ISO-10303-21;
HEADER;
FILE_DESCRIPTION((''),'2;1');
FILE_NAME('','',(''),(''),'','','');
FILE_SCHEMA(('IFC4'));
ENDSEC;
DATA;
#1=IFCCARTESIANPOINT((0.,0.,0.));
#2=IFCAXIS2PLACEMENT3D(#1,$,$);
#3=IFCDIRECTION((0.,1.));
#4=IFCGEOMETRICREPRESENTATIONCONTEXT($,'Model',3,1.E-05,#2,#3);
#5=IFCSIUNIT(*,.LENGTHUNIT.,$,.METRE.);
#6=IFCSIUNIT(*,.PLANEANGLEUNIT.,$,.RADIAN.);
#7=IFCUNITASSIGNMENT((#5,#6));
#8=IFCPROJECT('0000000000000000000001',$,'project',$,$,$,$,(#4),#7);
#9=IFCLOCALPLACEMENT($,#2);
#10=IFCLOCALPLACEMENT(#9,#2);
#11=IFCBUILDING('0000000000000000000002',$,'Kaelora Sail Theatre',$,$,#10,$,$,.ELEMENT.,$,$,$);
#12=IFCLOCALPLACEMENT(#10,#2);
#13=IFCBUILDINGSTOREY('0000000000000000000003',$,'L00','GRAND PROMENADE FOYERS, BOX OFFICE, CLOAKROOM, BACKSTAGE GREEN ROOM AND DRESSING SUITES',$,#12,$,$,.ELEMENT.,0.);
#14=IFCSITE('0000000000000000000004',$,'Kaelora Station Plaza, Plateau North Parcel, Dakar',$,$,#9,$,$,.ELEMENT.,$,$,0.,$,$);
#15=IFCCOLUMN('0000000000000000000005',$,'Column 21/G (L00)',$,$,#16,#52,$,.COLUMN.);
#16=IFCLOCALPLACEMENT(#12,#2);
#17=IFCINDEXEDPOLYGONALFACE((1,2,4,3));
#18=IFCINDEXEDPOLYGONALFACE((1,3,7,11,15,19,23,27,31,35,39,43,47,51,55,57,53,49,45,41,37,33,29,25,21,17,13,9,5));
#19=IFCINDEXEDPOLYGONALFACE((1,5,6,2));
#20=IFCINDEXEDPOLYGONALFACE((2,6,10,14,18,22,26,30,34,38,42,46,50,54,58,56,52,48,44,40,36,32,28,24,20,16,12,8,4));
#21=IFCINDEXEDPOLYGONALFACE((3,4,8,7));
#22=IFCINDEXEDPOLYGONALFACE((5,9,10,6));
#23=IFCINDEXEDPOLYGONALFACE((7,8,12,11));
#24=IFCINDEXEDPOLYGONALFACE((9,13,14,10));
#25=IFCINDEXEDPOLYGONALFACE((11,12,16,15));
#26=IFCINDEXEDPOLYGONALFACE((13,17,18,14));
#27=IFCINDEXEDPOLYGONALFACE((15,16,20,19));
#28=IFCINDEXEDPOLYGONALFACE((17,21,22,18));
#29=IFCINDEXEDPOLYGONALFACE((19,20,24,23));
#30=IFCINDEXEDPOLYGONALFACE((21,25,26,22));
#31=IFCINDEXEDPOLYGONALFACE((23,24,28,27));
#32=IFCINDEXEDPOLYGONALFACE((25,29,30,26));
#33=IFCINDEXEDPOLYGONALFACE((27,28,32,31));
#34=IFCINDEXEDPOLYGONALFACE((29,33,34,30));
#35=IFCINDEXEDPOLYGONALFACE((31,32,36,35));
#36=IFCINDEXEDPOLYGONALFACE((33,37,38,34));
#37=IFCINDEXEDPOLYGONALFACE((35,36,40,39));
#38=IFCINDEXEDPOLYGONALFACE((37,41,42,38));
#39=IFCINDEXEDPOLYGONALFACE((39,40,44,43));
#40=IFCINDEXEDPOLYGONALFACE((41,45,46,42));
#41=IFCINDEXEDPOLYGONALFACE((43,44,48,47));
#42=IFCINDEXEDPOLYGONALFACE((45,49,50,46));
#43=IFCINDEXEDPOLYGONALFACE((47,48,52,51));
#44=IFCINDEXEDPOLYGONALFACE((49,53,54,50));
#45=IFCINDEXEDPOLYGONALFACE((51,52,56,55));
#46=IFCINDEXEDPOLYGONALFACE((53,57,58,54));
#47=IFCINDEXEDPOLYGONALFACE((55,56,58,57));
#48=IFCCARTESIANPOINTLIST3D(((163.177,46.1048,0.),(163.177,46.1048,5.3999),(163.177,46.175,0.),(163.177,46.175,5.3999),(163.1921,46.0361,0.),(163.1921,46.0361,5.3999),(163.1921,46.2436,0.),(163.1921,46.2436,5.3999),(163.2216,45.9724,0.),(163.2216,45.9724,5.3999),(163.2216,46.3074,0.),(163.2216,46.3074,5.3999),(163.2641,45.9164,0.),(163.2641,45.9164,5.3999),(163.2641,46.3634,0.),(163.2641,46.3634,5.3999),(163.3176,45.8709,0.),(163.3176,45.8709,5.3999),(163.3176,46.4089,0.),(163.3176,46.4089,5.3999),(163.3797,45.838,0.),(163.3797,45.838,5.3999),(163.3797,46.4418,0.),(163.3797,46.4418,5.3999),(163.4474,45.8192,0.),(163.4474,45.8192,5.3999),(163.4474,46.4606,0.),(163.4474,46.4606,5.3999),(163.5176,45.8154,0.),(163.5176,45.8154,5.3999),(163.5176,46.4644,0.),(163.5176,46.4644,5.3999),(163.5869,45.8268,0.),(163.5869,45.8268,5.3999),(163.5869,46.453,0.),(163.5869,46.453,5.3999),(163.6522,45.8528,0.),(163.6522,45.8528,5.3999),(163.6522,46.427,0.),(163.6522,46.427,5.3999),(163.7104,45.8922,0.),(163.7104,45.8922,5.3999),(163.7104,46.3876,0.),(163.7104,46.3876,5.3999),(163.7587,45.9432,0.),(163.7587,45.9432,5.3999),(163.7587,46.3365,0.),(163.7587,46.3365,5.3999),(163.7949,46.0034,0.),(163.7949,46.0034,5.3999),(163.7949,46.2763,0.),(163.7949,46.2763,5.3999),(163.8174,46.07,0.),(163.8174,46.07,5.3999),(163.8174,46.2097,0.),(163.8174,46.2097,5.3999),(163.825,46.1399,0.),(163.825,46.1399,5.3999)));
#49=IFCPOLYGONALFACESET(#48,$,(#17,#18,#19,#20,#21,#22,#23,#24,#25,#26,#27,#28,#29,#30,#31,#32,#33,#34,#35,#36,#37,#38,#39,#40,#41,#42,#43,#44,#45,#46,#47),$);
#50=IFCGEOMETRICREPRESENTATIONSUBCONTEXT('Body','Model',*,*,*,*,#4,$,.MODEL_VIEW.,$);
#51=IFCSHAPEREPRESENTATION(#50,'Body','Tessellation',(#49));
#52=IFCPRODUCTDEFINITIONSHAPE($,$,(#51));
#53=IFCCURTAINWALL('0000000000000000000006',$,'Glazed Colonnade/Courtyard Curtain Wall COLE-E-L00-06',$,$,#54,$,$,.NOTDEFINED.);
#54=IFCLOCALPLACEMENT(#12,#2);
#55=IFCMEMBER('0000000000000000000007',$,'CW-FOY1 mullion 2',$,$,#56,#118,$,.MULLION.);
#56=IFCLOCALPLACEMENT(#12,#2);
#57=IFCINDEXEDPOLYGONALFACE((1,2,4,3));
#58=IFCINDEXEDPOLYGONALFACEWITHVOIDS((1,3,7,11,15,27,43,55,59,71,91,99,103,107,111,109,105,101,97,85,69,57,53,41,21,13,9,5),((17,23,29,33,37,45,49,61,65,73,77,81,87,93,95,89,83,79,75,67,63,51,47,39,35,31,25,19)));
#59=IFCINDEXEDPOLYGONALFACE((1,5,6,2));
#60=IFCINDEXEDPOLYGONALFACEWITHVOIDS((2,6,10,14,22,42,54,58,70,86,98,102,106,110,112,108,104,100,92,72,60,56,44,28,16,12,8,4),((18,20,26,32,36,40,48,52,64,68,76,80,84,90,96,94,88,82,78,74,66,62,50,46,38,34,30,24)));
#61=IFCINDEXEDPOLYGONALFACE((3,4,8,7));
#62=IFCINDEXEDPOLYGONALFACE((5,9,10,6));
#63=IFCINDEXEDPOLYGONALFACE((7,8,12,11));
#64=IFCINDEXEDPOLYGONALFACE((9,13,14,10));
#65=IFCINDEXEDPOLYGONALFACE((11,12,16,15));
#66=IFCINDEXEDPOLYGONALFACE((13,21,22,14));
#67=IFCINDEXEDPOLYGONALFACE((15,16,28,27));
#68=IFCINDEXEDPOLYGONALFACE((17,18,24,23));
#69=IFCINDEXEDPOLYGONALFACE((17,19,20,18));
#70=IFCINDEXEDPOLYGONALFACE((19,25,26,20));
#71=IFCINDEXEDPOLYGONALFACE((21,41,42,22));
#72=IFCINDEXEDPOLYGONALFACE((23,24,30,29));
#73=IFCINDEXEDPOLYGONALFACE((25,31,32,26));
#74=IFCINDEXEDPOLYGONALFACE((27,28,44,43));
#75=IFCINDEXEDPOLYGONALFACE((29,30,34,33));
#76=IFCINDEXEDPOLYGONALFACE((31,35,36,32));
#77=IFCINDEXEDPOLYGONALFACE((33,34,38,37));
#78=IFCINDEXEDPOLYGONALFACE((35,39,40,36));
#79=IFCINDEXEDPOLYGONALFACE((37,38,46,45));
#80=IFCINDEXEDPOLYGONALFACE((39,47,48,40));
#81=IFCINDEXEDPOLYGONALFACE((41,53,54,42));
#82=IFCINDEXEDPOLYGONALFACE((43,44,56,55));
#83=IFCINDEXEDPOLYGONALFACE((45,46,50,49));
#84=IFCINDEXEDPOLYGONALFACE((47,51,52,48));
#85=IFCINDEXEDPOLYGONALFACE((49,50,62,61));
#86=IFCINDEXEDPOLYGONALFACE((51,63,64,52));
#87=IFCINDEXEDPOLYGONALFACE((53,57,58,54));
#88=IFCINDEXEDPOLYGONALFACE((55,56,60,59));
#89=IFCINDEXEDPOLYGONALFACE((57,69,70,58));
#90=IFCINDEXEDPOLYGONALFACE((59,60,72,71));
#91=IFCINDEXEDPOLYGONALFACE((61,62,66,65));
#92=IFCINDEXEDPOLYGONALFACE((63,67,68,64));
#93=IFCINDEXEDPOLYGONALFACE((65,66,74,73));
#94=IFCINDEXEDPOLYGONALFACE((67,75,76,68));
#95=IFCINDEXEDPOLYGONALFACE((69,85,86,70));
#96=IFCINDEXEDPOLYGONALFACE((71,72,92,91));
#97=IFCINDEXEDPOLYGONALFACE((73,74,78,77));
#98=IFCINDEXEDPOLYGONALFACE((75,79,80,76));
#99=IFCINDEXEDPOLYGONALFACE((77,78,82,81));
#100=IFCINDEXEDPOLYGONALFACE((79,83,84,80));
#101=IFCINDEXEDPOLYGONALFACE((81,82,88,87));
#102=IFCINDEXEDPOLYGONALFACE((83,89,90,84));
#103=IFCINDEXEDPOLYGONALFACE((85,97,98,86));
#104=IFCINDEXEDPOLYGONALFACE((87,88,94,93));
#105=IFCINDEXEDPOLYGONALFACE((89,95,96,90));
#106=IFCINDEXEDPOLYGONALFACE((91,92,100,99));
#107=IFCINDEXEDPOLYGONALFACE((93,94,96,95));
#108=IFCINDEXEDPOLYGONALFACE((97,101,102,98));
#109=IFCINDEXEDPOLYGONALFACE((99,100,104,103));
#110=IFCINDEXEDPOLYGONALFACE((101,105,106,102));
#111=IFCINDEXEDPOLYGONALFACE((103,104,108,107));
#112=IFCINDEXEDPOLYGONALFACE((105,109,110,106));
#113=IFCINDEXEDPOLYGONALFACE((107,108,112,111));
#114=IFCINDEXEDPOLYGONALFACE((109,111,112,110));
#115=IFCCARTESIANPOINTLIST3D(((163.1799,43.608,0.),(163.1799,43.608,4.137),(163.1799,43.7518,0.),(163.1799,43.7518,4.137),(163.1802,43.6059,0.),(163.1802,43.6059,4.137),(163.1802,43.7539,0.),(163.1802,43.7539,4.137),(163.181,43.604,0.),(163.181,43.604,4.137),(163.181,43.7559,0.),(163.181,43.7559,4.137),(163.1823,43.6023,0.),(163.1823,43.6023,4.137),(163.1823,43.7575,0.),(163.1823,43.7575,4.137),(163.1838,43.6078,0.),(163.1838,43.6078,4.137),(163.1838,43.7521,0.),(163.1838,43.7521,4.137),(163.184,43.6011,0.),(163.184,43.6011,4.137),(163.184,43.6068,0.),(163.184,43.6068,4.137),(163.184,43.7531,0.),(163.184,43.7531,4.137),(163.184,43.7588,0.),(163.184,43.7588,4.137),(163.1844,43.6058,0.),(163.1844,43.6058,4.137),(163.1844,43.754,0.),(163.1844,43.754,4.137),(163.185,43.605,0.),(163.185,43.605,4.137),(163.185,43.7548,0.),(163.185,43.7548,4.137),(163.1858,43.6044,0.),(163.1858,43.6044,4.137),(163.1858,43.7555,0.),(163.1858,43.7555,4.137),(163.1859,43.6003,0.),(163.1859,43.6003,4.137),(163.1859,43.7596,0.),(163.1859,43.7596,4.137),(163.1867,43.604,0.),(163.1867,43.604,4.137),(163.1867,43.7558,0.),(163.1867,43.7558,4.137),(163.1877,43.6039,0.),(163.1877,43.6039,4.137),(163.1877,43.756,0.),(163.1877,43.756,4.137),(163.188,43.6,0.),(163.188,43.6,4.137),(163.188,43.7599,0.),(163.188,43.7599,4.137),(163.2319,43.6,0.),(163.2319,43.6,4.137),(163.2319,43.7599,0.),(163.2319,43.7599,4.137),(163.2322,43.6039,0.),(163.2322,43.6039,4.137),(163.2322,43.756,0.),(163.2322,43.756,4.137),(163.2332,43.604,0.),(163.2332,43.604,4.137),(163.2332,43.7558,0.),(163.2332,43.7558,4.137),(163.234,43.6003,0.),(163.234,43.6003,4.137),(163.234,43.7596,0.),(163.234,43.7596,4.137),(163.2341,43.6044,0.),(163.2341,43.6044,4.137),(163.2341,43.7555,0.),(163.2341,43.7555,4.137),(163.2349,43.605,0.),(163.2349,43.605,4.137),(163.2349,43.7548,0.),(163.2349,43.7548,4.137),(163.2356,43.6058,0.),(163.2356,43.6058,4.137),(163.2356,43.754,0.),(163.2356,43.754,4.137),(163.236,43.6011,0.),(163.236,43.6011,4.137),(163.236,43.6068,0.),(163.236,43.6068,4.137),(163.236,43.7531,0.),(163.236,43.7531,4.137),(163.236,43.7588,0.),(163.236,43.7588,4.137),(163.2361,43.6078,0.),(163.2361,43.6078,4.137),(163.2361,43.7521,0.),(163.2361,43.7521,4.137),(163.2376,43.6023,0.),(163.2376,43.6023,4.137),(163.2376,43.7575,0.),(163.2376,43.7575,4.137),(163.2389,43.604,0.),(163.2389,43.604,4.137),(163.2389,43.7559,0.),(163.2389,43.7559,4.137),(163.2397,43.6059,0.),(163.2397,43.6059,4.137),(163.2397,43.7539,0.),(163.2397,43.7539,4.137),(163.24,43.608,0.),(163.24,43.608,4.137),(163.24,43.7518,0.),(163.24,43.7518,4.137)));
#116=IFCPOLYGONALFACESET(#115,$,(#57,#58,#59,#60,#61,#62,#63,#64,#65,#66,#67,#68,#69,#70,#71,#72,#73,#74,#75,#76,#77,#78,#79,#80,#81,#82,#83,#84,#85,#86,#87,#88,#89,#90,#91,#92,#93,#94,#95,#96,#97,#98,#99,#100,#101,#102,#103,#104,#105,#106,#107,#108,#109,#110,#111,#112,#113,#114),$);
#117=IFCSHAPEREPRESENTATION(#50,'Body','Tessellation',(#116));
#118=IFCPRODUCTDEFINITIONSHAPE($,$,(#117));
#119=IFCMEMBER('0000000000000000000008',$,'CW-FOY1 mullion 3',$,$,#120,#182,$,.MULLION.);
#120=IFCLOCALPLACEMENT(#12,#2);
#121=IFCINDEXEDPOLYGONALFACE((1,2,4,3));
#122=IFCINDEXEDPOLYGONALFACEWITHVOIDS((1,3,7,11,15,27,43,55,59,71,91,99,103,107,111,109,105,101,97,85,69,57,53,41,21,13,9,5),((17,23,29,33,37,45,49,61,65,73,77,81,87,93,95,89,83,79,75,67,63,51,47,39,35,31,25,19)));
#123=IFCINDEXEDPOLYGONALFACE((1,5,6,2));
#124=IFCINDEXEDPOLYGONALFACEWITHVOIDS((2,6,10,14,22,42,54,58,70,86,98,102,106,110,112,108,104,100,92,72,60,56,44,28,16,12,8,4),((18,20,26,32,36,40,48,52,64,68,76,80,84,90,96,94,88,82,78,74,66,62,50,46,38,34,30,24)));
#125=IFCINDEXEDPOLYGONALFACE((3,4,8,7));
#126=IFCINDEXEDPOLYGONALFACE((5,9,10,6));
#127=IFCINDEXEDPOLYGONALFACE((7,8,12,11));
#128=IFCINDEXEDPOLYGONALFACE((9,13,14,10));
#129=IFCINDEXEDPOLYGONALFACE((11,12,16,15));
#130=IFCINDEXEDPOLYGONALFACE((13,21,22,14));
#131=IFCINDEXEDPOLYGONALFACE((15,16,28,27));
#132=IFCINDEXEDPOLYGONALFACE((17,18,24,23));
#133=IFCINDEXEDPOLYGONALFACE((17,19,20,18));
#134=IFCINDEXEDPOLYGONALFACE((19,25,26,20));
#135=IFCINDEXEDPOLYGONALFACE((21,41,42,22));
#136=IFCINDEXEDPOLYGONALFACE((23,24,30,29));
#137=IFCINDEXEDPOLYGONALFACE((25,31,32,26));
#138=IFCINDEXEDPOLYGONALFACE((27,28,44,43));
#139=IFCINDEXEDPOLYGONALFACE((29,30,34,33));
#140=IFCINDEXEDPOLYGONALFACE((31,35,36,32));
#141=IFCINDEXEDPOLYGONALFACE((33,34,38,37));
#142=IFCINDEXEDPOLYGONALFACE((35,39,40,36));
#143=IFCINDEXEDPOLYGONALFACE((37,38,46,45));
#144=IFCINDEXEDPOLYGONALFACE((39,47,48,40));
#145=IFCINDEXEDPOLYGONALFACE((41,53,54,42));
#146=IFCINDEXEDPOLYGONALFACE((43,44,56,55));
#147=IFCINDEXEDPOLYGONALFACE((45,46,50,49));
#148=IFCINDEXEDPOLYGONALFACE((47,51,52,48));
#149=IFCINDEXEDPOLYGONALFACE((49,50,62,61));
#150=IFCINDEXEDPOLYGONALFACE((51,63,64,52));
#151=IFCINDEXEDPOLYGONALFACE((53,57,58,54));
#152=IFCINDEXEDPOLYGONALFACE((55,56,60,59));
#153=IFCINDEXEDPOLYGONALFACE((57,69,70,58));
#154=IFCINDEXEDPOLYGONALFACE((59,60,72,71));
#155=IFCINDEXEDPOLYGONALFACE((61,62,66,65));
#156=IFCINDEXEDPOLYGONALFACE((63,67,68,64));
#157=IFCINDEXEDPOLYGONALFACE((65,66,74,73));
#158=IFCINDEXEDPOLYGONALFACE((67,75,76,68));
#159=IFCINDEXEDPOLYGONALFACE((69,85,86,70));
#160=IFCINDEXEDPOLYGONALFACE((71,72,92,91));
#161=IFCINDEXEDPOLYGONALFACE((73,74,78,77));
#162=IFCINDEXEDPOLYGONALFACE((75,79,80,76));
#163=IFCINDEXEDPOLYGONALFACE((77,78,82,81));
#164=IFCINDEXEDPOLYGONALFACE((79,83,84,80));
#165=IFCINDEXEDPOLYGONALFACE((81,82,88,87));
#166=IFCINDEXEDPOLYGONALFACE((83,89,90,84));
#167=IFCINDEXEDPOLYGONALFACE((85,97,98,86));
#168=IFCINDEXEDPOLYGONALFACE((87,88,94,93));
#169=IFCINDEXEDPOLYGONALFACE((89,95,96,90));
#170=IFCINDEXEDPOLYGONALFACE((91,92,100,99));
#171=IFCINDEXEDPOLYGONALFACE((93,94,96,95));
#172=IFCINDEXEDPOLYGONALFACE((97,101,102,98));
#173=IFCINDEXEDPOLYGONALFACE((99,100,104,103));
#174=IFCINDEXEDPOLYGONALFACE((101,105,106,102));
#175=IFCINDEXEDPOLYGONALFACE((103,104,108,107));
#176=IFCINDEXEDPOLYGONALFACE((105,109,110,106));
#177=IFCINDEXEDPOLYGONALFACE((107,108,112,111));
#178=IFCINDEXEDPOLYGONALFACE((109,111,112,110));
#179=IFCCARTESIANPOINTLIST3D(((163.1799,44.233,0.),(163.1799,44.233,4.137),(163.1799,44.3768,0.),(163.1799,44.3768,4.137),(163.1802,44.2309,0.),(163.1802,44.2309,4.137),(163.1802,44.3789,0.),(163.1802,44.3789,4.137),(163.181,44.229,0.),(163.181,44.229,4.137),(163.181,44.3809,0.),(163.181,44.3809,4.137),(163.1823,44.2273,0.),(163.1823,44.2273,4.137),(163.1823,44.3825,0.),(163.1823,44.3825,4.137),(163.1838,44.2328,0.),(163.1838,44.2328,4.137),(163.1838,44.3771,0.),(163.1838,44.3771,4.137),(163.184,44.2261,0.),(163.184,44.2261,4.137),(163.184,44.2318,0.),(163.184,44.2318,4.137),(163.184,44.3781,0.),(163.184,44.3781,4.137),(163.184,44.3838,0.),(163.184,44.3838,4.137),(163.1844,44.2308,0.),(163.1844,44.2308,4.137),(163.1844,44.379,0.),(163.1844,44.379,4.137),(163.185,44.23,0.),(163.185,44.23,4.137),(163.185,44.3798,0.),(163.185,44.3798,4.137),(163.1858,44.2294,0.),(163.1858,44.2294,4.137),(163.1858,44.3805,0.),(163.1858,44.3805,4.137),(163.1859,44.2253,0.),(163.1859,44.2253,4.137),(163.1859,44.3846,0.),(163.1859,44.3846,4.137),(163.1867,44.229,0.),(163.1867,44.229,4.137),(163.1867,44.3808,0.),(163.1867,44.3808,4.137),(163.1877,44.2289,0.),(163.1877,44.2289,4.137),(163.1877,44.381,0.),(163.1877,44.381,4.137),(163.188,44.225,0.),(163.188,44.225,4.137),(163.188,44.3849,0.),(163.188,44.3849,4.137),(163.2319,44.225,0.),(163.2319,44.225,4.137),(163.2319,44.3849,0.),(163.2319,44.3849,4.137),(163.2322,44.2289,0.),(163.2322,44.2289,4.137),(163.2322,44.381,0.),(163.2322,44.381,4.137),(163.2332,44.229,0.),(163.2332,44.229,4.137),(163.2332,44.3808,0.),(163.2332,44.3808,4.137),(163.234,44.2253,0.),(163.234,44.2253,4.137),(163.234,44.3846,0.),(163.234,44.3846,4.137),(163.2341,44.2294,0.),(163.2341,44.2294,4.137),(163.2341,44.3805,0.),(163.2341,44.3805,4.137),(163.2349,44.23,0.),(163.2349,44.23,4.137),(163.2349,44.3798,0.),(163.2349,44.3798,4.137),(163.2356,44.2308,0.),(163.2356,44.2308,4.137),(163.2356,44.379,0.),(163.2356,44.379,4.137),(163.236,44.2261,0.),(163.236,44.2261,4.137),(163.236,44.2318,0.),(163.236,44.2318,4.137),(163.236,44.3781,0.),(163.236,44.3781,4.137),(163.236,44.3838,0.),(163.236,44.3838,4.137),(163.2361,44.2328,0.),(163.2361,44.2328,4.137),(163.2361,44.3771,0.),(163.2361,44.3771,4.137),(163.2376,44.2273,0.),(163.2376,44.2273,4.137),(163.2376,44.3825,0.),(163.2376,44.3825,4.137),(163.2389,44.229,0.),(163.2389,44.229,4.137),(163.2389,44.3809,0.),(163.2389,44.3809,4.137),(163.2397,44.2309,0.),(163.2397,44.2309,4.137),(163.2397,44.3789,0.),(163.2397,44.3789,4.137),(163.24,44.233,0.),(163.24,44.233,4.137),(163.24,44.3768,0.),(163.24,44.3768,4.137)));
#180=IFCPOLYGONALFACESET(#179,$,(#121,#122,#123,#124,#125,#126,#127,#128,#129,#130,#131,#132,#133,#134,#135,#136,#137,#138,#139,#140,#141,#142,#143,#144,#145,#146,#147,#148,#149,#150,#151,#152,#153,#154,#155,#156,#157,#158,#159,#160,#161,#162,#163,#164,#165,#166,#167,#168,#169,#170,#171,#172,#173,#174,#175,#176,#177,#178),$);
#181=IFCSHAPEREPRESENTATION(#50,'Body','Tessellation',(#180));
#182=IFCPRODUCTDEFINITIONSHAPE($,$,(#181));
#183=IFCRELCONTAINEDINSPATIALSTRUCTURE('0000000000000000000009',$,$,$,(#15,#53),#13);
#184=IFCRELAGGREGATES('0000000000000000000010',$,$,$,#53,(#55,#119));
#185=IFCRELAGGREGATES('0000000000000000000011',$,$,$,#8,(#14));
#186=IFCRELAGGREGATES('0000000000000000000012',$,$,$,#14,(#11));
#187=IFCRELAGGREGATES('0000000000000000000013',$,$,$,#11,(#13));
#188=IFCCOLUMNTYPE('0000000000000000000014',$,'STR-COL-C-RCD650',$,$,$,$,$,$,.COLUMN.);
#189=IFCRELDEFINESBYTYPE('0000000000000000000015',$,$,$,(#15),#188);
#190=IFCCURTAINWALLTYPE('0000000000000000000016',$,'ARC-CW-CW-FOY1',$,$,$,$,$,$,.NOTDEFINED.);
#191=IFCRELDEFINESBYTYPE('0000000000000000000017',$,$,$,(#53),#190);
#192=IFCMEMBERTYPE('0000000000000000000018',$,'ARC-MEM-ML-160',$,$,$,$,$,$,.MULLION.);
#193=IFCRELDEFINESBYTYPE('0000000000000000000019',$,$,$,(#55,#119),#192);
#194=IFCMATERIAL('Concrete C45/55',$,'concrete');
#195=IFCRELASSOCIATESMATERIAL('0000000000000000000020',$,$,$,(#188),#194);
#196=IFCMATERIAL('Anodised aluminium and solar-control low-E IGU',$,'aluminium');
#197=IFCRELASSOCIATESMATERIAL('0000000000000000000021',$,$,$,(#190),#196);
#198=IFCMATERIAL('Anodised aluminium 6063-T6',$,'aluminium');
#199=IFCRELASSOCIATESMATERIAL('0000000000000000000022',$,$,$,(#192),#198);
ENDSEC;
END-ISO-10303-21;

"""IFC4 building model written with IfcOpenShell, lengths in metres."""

from ifc_helpers import new_model, si_unit, direction, frame, origin, origin_2d, place, context, subcontext, project, spatial, hollow_rectangle, circle, extrude, material, material_profile, profile_set, type_object, element, aggregate, save


model = new_model("IFC4")

# Units and contexts
model_context = context("Model", 3, precision=1e-05, world=origin(), true_north=direction((0.0, 1.0)))
body_context = subcontext(model_context, "Body", "Model", "MODEL_VIEW")
ifc_project = project(units=[si_unit("LENGTHUNIT", "METRE"), si_unit("PLANEANGLEUNIT", "RADIAN")], contexts=[model_context])

# Site, building, storey
site_placement = place(None, origin())
site = spatial("IfcSite", under=ifc_project, at=site_placement, Name="Kaelora Station Plaza, Plateau North Parcel, Dakar", CompositionType="ELEMENT", RefElevation=0.0)
building_placement = place(site_placement, origin())
building = spatial("IfcBuilding", under=site, at=building_placement, Name="Kaelora Sail Theatre", CompositionType="ELEMENT")
storey_placement = place(building_placement, origin())
storey = spatial("IfcBuildingStorey", under=building, at=storey_placement, Name="L00", Description="GRAND PROMENADE FOYERS, BOX OFFICE, CLOAKROOM, BACKSTAGE GREEN ROOM AND DRESSING SUITES", CompositionType="ELEMENT", Elevation=0.0)

# Column
ifc_material_1 = material(Name="Concrete C45/55", Category="concrete")
ifc_material_profile_1 = material_profile(ifc_material_1, circle(Radius=0.325, at=origin_2d()), Name="RC-CCOL D650")
ifc_profile_set_1 = profile_set([ifc_material_profile_1], Name="Concrete C45/55")
column_type = type_object("IfcColumnType", Name="STR-COL-C-RCD650", PredefinedType="COLUMN", material=ifc_profile_set_1)
column_placement = place(storey_placement, frame((163.5, 46.1399, 0.0), z_axis=(0.0, 0.0, 1.0), x_axis=(1.0, 0.0, 0.0)))
element("IfcColumn", 1, at=column_placement, inside=storey, type_object=column_type, Name="Column 21/G (L00)", PredefinedType="COLUMN", context=body_context, shape_type="SweptSolid", body=[
    extrude(circle(Radius=0.325, at=origin_2d()), origin(), (0.0, 0.0, 1.0), 5.3999),
])

# Curtain wall, members
ifc_material_2 = material(Name="Anodised aluminium and solar-control low-E IGU", Category="aluminium")
curtain_wall_type = type_object("IfcCurtainWallType", Name="ARC-CW-CW-FOY1", PredefinedType="NOTDEFINED", material=ifc_material_2)
curtain_wall_1_placement = place(storey_placement, origin())
curtain_wall_1 = element("IfcCurtainWall", 2, at=curtain_wall_1_placement, inside=storey, type_object=curtain_wall_type, Name="Glazed Colonnade/Courtyard Curtain Wall COLE-E-L00-06", PredefinedType="NOTDEFINED")
ifc_material_3 = material(Name="Anodised aluminium 6063-T6", Category="aluminium")
ifc_material_profile_2 = material_profile(ifc_material_3, hollow_rectangle(XDim=0.0601, YDim=0.1599, WallThickness=0.0039, InnerFilletRadius=0.0039, OuterFilletRadius=0.0081, at=origin_2d()), Name="ALU-MULL 60x160x4")
ifc_profile_set_2 = profile_set([ifc_material_profile_2], Name="Anodised aluminium 6063-T6")
member_type_1 = type_object("IfcMemberType", Name="ARC-MEM-ML-160", PredefinedType="MULLION", material=ifc_profile_set_2)
member_1_placement = place(storey_placement, frame((163.21, 43.6799, 0.0), z_axis=(0.0, 0.0, 1.0), x_axis=(-1.0, 0.0, 0.0)))
member_1 = element("IfcMember", 3, at=member_1_placement, type_object=member_type_1, Name="CW-FOY1 mullion 2", PredefinedType="MULLION", context=body_context, shape_type="SweptSolid", body=[
    extrude(hollow_rectangle(XDim=0.0601, YDim=0.1599, WallThickness=0.0039, InnerFilletRadius=0.0039, OuterFilletRadius=0.0081, at=origin_2d()), origin(), (0.0, 0.0, 1.0), 4.137),
])
member_2_placement = place(storey_placement, frame((163.21, 44.3049, 0.0), z_axis=(0.0, 0.0, 1.0), x_axis=(-1.0, 0.0, 0.0)))
member_2 = element("IfcMember", 4, at=member_2_placement, type_object=member_type_1, Name="CW-FOY1 mullion 3", PredefinedType="MULLION", context=body_context, shape_type="SweptSolid", body=[
    extrude(hollow_rectangle(XDim=0.0601, YDim=0.1599, WallThickness=0.0039, InnerFilletRadius=0.0039, OuterFilletRadius=0.0081, at=origin_2d()), origin(), (0.0, 0.0, 1.0), 4.137),
])

aggregate(curtain_wall_1, [member_1, member_2])

save(model, "model.ifc")
